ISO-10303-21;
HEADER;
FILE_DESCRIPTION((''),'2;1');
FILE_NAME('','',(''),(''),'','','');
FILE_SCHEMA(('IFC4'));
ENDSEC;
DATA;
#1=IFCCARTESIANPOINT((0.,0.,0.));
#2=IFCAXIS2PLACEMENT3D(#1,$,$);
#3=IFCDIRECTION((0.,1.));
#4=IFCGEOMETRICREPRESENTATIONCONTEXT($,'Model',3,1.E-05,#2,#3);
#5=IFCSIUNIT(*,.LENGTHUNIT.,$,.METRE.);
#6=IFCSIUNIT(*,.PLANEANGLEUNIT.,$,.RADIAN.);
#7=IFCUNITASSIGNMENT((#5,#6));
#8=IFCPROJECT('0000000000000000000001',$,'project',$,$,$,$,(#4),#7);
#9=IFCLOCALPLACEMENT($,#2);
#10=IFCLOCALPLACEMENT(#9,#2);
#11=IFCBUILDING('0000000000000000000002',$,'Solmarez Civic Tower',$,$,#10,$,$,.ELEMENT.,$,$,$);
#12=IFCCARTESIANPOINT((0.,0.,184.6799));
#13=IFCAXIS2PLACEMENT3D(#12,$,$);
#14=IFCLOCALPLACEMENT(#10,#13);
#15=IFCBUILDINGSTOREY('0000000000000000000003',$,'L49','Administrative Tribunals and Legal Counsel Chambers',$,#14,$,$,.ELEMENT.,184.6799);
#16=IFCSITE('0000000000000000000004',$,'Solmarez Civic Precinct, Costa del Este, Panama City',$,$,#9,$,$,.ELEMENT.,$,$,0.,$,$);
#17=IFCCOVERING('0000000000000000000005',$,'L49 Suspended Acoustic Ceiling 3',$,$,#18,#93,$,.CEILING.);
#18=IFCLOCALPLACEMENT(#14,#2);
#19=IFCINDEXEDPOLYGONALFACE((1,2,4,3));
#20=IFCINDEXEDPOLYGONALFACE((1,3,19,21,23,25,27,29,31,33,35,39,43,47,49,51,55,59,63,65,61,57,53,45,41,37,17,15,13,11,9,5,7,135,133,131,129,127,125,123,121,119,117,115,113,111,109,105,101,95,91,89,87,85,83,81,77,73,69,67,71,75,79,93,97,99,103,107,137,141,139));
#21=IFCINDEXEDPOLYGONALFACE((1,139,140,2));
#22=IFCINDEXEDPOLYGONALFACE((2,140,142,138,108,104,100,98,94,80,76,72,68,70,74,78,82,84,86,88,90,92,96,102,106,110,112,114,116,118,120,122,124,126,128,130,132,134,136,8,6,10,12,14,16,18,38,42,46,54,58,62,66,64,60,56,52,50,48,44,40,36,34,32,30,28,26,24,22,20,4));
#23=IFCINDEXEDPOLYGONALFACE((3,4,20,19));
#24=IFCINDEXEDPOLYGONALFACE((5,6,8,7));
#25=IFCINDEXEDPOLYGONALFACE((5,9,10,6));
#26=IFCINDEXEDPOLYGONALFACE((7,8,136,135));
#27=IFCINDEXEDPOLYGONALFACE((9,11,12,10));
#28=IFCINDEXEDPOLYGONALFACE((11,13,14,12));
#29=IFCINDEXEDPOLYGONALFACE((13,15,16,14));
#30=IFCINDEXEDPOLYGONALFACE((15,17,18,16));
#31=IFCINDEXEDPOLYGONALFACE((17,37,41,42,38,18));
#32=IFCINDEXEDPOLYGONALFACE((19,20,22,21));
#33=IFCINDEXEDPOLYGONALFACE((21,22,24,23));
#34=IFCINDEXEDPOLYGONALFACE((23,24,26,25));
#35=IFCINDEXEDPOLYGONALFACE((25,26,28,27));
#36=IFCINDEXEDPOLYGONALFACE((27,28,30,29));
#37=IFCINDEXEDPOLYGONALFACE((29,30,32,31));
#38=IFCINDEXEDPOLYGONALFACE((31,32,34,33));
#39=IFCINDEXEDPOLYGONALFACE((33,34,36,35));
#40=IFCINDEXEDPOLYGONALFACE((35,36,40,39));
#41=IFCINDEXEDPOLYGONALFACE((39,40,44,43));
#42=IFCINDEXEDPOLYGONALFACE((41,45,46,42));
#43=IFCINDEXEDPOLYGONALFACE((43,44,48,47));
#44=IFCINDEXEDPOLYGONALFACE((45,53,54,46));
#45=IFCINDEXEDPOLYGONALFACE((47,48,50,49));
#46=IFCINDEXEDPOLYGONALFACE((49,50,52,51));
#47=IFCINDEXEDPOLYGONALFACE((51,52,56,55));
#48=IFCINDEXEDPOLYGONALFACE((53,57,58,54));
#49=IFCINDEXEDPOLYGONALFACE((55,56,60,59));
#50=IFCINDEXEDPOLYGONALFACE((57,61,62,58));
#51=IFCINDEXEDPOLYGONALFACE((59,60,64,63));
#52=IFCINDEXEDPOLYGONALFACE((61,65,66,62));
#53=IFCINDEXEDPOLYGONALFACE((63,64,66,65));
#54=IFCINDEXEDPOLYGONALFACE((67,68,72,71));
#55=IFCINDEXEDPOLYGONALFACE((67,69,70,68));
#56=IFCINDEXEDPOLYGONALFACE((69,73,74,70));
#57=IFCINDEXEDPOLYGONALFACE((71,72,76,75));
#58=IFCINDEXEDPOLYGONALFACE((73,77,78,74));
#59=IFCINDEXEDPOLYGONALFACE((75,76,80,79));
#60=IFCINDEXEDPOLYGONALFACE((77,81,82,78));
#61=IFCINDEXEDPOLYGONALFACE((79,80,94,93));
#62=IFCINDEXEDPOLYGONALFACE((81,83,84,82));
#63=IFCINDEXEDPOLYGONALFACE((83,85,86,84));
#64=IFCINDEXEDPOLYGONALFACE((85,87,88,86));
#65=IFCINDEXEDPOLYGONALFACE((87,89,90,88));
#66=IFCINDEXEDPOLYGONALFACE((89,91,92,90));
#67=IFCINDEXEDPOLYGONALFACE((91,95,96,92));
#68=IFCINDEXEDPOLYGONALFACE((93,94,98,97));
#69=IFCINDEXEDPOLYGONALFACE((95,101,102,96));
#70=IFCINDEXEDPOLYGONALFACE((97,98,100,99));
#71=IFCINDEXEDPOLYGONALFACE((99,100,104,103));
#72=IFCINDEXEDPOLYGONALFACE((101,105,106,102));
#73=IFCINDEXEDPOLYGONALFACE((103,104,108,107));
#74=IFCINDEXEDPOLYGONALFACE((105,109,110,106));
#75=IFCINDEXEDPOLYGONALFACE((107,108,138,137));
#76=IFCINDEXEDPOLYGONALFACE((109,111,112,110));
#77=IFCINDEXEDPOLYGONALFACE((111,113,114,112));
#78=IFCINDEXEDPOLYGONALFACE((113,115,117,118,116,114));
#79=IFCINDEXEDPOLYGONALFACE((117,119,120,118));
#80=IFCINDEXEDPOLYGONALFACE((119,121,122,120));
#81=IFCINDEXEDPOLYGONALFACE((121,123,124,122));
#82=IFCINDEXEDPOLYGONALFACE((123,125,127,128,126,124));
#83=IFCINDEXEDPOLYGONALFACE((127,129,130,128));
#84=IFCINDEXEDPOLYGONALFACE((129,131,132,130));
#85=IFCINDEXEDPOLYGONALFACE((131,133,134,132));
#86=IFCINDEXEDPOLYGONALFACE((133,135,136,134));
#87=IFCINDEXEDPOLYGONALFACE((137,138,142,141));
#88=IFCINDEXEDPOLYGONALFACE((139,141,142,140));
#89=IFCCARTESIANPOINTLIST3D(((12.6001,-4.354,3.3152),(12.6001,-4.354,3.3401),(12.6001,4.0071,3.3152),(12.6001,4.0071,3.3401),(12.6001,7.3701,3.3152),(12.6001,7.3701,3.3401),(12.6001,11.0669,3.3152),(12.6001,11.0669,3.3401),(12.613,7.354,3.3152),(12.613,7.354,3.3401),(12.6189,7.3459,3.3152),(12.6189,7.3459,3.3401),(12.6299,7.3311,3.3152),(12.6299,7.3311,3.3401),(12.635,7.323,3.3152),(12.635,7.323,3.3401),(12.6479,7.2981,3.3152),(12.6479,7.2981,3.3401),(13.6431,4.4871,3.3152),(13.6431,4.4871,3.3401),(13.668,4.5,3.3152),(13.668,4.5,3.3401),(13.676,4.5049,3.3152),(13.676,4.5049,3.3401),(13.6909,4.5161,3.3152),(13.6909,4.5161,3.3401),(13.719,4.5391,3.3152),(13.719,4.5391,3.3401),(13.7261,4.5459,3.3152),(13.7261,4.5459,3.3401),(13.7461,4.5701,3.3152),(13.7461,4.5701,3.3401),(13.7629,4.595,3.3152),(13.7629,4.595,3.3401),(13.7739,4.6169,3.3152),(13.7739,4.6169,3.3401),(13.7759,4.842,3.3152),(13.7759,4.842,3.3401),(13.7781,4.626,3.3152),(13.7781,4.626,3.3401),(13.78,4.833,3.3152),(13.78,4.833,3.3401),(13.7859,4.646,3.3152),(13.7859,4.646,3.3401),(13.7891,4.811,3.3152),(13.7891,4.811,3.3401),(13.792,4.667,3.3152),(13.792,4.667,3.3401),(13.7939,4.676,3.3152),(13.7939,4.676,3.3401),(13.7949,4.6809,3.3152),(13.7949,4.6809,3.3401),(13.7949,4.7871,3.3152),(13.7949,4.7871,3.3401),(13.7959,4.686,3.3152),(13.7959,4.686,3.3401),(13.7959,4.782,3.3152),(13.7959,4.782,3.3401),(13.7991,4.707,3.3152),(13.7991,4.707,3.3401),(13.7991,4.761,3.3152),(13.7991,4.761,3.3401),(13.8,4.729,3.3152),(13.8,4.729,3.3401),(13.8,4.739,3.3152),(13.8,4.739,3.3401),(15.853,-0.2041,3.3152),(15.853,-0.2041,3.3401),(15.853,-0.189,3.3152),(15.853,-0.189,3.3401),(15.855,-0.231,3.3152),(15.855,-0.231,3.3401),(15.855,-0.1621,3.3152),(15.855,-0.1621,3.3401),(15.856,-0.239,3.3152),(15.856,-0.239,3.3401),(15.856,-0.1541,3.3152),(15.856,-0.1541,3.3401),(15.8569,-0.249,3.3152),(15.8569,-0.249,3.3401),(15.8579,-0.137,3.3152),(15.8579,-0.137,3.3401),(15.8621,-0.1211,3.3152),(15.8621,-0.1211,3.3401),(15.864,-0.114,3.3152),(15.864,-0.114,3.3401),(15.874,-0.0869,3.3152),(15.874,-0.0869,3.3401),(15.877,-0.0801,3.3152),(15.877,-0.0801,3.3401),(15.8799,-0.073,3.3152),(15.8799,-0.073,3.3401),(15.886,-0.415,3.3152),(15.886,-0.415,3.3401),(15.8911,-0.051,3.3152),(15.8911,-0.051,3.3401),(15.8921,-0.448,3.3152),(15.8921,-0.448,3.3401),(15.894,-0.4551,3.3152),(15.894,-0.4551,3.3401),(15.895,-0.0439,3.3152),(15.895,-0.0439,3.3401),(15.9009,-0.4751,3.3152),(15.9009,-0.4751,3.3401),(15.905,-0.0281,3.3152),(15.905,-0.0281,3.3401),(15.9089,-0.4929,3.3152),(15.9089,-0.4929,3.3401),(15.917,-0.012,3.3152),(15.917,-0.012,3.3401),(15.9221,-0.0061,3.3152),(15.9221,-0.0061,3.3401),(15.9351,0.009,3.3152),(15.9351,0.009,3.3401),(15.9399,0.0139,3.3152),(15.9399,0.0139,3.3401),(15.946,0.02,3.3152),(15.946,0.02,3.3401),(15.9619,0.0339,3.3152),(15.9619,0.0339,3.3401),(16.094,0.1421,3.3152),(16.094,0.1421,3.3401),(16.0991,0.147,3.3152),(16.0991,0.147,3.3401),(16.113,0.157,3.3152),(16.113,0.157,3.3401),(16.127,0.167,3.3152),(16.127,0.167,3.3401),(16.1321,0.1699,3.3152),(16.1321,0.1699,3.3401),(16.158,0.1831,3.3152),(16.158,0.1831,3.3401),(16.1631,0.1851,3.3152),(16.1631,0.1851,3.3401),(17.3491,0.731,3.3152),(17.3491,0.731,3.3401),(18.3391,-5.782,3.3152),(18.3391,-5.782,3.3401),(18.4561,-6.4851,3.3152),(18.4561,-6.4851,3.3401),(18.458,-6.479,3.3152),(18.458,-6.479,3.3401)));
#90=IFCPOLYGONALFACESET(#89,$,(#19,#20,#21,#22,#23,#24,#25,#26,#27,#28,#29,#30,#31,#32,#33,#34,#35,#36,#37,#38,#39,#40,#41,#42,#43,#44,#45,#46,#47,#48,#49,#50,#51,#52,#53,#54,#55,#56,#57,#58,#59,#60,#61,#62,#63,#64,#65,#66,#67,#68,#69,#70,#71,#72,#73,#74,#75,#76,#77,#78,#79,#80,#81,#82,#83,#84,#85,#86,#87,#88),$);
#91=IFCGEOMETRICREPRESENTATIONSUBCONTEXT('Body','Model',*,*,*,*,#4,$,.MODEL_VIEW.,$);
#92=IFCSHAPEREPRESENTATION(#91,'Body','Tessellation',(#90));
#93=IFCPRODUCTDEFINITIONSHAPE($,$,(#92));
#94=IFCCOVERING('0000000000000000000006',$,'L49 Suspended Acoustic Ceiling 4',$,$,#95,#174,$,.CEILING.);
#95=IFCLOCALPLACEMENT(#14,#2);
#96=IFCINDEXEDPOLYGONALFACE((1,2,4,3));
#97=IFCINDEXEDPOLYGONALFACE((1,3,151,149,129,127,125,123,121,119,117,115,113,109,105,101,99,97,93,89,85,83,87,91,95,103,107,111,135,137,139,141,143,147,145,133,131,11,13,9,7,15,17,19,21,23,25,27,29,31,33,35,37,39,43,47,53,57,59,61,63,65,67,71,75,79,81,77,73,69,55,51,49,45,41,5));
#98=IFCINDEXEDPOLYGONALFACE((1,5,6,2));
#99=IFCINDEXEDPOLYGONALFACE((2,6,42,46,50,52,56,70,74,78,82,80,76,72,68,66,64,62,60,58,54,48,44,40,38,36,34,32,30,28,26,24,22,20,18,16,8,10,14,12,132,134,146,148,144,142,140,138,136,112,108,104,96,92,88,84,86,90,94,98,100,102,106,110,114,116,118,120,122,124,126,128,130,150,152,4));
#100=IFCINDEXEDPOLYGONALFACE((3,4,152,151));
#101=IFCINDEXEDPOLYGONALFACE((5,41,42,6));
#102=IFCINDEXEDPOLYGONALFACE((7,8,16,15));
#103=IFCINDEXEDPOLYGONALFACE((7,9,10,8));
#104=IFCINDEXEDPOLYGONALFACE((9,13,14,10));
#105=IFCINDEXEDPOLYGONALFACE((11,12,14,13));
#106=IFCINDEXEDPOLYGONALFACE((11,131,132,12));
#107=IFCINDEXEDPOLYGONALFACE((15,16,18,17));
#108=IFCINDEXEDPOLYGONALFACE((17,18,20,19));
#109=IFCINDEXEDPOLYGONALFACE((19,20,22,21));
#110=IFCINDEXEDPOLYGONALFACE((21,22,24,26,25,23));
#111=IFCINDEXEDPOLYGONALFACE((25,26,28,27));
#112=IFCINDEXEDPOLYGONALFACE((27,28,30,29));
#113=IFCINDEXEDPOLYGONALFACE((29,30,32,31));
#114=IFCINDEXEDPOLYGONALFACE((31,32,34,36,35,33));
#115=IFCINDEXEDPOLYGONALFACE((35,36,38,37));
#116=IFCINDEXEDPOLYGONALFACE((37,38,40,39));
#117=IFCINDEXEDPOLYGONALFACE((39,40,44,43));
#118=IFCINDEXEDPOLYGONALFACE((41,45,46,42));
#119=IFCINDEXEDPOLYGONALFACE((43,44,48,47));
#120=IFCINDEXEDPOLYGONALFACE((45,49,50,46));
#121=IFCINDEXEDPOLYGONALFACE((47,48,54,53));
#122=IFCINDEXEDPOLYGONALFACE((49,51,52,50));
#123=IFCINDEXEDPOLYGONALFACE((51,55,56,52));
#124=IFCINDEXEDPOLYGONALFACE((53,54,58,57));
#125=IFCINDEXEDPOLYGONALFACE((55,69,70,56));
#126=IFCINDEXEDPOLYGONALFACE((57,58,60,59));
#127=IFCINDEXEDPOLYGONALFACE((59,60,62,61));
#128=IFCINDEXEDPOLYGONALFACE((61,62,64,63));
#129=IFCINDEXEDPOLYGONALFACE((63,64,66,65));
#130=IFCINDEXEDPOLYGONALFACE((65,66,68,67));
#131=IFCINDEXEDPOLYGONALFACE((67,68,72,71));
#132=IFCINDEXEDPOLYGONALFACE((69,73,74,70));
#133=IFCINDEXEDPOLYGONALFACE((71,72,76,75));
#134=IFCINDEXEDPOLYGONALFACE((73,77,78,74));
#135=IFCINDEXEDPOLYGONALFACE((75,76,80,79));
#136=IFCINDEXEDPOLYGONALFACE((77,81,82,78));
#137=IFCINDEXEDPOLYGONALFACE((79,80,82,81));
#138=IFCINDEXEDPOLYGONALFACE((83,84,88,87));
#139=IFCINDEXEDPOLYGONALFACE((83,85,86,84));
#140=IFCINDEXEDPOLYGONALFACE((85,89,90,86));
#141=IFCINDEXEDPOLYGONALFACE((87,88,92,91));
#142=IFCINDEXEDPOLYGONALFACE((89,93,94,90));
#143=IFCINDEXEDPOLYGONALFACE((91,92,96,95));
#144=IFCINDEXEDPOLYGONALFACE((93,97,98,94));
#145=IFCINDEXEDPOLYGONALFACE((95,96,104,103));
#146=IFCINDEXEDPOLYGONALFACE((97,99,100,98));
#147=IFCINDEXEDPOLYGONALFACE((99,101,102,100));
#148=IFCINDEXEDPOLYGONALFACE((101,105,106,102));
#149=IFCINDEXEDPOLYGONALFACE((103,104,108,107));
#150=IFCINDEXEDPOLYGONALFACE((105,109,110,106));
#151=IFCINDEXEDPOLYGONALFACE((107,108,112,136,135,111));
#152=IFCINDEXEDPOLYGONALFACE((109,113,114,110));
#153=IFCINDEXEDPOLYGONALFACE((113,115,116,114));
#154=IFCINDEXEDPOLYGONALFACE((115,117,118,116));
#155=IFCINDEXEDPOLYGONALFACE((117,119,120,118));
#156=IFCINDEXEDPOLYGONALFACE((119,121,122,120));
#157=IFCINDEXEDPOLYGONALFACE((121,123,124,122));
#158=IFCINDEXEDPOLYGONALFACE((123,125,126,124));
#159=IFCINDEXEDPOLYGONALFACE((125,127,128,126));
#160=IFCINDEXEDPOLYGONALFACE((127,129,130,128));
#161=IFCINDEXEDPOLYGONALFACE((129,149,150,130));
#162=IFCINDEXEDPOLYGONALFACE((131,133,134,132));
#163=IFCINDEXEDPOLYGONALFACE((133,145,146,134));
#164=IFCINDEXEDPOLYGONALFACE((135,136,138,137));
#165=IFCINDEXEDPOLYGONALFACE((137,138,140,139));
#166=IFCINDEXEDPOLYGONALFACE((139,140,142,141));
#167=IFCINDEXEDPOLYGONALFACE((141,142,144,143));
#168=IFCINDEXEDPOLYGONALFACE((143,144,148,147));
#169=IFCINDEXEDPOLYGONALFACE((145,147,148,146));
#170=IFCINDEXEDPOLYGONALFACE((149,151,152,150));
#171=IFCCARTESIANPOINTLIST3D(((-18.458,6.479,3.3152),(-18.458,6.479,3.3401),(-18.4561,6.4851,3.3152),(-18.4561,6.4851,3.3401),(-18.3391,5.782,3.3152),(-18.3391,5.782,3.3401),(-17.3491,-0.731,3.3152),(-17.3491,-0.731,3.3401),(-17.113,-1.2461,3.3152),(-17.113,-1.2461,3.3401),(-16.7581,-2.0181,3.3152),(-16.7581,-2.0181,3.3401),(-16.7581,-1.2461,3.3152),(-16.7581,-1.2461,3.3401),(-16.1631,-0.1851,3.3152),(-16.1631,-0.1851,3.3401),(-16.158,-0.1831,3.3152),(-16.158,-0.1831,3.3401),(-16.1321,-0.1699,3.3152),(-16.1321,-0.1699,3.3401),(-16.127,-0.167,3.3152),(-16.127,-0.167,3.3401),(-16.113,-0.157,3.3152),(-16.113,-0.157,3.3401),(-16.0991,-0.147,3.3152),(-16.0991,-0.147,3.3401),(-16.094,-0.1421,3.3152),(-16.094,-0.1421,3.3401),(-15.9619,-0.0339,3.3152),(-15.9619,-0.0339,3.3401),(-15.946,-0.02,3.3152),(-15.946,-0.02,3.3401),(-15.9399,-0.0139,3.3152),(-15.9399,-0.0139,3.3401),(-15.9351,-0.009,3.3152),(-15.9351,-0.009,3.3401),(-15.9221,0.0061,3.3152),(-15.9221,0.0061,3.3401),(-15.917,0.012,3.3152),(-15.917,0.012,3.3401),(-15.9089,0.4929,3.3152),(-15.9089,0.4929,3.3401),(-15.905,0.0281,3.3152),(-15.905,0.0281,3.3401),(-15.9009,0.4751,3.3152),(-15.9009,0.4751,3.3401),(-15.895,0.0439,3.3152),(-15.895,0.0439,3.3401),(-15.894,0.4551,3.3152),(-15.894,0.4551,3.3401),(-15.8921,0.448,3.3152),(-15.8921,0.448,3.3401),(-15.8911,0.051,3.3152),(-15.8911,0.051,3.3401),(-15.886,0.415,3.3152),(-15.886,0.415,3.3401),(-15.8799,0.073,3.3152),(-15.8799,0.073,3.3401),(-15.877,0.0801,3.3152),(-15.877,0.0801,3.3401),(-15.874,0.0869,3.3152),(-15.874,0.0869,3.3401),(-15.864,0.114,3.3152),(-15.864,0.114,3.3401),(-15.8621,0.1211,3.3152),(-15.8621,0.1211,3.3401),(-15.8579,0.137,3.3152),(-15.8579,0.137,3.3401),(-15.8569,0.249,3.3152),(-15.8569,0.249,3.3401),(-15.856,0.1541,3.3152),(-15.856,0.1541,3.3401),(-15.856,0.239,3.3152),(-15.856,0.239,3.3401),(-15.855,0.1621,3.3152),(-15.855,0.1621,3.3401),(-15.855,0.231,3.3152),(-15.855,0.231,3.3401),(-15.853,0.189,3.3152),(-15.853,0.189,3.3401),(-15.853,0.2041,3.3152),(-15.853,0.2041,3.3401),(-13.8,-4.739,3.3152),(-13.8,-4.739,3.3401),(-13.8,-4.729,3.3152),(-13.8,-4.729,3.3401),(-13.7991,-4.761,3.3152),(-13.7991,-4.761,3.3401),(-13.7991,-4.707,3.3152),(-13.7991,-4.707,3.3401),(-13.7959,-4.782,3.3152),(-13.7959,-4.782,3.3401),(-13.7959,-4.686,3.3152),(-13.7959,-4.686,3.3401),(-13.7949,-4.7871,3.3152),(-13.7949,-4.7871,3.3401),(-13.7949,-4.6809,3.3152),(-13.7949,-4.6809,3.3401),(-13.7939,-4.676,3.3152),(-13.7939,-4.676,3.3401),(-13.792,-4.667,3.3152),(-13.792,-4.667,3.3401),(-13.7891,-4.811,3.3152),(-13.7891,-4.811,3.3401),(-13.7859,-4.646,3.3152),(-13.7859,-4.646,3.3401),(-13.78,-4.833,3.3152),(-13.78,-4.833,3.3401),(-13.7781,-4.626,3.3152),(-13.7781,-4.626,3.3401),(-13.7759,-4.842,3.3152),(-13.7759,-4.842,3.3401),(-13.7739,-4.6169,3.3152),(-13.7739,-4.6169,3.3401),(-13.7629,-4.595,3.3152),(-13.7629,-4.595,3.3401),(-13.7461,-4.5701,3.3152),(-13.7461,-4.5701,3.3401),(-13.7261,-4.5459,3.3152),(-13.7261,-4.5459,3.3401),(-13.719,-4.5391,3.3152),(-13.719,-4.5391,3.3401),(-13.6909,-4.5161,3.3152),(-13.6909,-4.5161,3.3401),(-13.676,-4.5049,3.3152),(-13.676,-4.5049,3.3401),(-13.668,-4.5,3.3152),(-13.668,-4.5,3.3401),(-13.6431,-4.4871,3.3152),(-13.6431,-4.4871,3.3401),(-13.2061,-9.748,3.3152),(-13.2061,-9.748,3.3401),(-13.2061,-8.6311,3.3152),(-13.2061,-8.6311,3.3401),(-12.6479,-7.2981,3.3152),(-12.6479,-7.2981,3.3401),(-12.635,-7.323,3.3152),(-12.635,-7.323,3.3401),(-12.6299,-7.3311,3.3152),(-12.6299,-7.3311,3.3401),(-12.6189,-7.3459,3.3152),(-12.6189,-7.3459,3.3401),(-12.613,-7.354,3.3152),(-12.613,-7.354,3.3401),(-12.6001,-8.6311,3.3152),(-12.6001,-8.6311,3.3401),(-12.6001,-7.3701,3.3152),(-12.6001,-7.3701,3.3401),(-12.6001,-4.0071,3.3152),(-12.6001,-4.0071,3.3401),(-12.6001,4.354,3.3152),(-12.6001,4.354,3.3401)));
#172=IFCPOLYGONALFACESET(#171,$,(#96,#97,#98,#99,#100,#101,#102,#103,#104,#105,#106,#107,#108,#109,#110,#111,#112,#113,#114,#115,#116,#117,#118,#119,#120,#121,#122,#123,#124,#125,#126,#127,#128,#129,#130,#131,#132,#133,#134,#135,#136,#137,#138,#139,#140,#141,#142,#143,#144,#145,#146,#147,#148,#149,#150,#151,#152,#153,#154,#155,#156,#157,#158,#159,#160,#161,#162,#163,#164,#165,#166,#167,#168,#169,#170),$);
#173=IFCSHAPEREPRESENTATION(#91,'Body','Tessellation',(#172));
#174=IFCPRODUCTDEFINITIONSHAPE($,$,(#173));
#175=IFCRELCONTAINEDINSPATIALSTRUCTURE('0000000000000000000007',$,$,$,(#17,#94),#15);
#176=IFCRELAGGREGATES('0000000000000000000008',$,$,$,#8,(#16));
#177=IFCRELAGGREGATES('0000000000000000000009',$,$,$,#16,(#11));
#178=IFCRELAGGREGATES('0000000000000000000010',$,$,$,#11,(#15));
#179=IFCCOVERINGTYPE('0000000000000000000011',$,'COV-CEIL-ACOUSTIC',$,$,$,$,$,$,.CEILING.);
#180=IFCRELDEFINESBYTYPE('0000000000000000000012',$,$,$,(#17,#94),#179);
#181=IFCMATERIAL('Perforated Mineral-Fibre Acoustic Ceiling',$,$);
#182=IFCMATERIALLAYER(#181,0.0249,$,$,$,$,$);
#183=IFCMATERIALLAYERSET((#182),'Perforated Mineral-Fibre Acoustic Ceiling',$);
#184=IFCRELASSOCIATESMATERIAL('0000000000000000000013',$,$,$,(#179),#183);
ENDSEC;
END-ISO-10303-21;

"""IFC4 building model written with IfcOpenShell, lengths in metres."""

from ifc_helpers import new_model, si_unit, direction, frame, origin, place, context, subcontext, project, spatial, polyline, outline, extrude, material, layer, layer_set, type_object, element, save


model = new_model("IFC4")

# Units and contexts
model_context = context("Model", 3, precision=1e-05, world=origin(), true_north=direction((0.0, 1.0)))
body_context = subcontext(model_context, "Body", "Model", "MODEL_VIEW")
ifc_project = project(units=[si_unit("LENGTHUNIT", "METRE"), si_unit("PLANEANGLEUNIT", "RADIAN")], contexts=[model_context])

# Site, building, storey
site_placement = place(None, origin())
site = spatial("IfcSite", under=ifc_project, at=site_placement, Name="Solmarez Civic Precinct, Costa del Este, Panama City", CompositionType="ELEMENT", RefElevation=0.0)
building_placement = place(site_placement, origin())
building = spatial("IfcBuilding", under=site, at=building_placement, Name="Solmarez Civic Tower", CompositionType="ELEMENT")
storey_placement = place(building_placement, frame((0.0, 0.0, 184.6799)))
storey = spatial("IfcBuildingStorey", under=building, at=storey_placement, Name="L49", Description="Administrative Tribunals and Legal Counsel Chambers", CompositionType="ELEMENT", Elevation=184.6799)

# Coverings
ifc_material_1 = material(Name="Perforated Mineral-Fibre Acoustic Ceiling")
ifc_layer_1 = layer(ifc_material_1, 0.0249)
ifc_layer_set_1 = layer_set([ifc_layer_1], Name="Perforated Mineral-Fibre Acoustic Ceiling")
covering_type_1 = type_object("IfcCoveringType", Name="COV-CEIL-ACOUSTIC", PredefinedType="CEILING", material=ifc_layer_set_1)
covering_1_placement = place(storey_placement, frame((0.0, 0.0, 3.3152)))
element("IfcCovering", 1, at=covering_1_placement, inside=storey, type_object=covering_type_1, Name="L49 Suspended Acoustic Ceiling 3", PredefinedType="CEILING", context=body_context, shape_type="SweptSolid", body=[
    extrude(outline(polyline([(12.6001, 11.0669), (12.6001, 7.3701), (12.613, 7.354), (12.6189, 7.3459), (12.6299, 7.3311), (12.635, 7.323), (12.6479, 7.2981), (13.7759, 4.842), (13.78, 4.833), (13.7891, 4.811), (13.7949, 4.7871), (13.7959, 4.782), (13.7991, 4.761), (13.8, 4.739), (13.8, 4.729), (13.7991, 4.707), (13.7959, 4.686), (13.7949, 4.6809), (13.7939, 4.676), (13.792, 4.667), (13.7859, 4.646), (13.7781, 4.626), (13.7739, 4.6169), (13.7629, 4.595), (13.7461, 4.5701), (13.7261, 4.5459), (13.719, 4.5391), (13.6909, 4.5161), (13.676, 4.5049), (13.668, 4.5), (13.6431, 4.4871), (12.6001, 4.0071), (12.6001, -4.354), (18.4561, -6.4851), (18.458, -6.479), (18.3391, -5.782), (15.9089, -0.4929), (15.9009, -0.4751), (15.894, -0.4551), (15.8921, -0.448), (15.886, -0.415), (15.8569, -0.249), (15.856, -0.239), (15.855, -0.231), (15.853, -0.2041), (15.853, -0.189), (15.855, -0.1621), (15.856, -0.1541), (15.8579, -0.137), (15.8621, -0.1211), (15.864, -0.114), (15.874, -0.0869), (15.877, -0.0801), (15.8799, -0.073), (15.8911, -0.051), (15.895, -0.0439), (15.905, -0.0281), (15.917, -0.012), (15.9221, -0.0061), (15.9351, 0.009), (15.9399, 0.0139), (15.946, 0.02), (15.9619, 0.0339), (16.094, 0.1421), (16.0991, 0.147), (16.113, 0.157), (16.127, 0.167), (16.1321, 0.1699), (16.158, 0.1831), (16.1631, 0.1851), (17.3491, 0.731), (12.6001, 11.0669)])), origin(), (0.0, 0.0, 1.0), 0.0249),
])
covering_2_placement = place(storey_placement, frame((0.0, 0.0, 3.3152)))
element("IfcCovering", 2, at=covering_2_placement, inside=storey, type_object=covering_type_1, Name="L49 Suspended Acoustic Ceiling 4", PredefinedType="CEILING", context=body_context, shape_type="SweptSolid", body=[
    extrude(outline(polyline([(-13.2061, -9.748), (-13.2061, -8.6311), (-12.6001, -8.6311), (-12.6001, -7.3701), (-12.613, -7.354), (-12.6189, -7.3459), (-12.6299, -7.3311), (-12.635, -7.323), (-12.6479, -7.2981), (-13.7759, -4.842), (-13.78, -4.833), (-13.7891, -4.811), (-13.7949, -4.7871), (-13.7959, -4.782), (-13.7991, -4.761), (-13.8, -4.739), (-13.8, -4.729), (-13.7991, -4.707), (-13.7959, -4.686), (-13.7949, -4.6809), (-13.7939, -4.676), (-13.792, -4.667), (-13.7859, -4.646), (-13.7781, -4.626), (-13.7739, -4.6169), (-13.7629, -4.595), (-13.7461, -4.5701), (-13.7261, -4.5459), (-13.719, -4.5391), (-13.6909, -4.5161), (-13.676, -4.5049), (-13.668, -4.5), (-13.6431, -4.4871), (-12.6001, -4.0071), (-12.6001, 4.354), (-18.4561, 6.4851), (-18.458, 6.479), (-18.3391, 5.782), (-15.9089, 0.4929), (-15.9009, 0.4751), (-15.894, 0.4551), (-15.8921, 0.448), (-15.886, 0.415), (-15.8569, 0.249), (-15.856, 0.239), (-15.855, 0.231), (-15.853, 0.2041), (-15.853, 0.189), (-15.855, 0.1621), (-15.856, 0.1541), (-15.8579, 0.137), (-15.8621, 0.1211), (-15.864, 0.114), (-15.874, 0.0869), (-15.877, 0.0801), (-15.8799, 0.073), (-15.8911, 0.051), (-15.895, 0.0439), (-15.905, 0.0281), (-15.917, 0.012), (-15.9221, 0.0061), (-15.9351, -0.009), (-15.9399, -0.0139), (-15.946, -0.02), (-15.9619, -0.0339), (-16.094, -0.1421), (-16.0991, -0.147), (-16.113, -0.157), (-16.127, -0.167), (-16.1321, -0.1699), (-16.158, -0.1831), (-16.1631, -0.1851), (-17.3491, -0.731), (-17.113, -1.2461), (-16.7581, -1.2461), (-16.7581, -2.0181), (-13.2061, -9.748)])), origin(), (0.0, 0.0, 1.0), 0.0249),
])

save(model, "model.ifc")
